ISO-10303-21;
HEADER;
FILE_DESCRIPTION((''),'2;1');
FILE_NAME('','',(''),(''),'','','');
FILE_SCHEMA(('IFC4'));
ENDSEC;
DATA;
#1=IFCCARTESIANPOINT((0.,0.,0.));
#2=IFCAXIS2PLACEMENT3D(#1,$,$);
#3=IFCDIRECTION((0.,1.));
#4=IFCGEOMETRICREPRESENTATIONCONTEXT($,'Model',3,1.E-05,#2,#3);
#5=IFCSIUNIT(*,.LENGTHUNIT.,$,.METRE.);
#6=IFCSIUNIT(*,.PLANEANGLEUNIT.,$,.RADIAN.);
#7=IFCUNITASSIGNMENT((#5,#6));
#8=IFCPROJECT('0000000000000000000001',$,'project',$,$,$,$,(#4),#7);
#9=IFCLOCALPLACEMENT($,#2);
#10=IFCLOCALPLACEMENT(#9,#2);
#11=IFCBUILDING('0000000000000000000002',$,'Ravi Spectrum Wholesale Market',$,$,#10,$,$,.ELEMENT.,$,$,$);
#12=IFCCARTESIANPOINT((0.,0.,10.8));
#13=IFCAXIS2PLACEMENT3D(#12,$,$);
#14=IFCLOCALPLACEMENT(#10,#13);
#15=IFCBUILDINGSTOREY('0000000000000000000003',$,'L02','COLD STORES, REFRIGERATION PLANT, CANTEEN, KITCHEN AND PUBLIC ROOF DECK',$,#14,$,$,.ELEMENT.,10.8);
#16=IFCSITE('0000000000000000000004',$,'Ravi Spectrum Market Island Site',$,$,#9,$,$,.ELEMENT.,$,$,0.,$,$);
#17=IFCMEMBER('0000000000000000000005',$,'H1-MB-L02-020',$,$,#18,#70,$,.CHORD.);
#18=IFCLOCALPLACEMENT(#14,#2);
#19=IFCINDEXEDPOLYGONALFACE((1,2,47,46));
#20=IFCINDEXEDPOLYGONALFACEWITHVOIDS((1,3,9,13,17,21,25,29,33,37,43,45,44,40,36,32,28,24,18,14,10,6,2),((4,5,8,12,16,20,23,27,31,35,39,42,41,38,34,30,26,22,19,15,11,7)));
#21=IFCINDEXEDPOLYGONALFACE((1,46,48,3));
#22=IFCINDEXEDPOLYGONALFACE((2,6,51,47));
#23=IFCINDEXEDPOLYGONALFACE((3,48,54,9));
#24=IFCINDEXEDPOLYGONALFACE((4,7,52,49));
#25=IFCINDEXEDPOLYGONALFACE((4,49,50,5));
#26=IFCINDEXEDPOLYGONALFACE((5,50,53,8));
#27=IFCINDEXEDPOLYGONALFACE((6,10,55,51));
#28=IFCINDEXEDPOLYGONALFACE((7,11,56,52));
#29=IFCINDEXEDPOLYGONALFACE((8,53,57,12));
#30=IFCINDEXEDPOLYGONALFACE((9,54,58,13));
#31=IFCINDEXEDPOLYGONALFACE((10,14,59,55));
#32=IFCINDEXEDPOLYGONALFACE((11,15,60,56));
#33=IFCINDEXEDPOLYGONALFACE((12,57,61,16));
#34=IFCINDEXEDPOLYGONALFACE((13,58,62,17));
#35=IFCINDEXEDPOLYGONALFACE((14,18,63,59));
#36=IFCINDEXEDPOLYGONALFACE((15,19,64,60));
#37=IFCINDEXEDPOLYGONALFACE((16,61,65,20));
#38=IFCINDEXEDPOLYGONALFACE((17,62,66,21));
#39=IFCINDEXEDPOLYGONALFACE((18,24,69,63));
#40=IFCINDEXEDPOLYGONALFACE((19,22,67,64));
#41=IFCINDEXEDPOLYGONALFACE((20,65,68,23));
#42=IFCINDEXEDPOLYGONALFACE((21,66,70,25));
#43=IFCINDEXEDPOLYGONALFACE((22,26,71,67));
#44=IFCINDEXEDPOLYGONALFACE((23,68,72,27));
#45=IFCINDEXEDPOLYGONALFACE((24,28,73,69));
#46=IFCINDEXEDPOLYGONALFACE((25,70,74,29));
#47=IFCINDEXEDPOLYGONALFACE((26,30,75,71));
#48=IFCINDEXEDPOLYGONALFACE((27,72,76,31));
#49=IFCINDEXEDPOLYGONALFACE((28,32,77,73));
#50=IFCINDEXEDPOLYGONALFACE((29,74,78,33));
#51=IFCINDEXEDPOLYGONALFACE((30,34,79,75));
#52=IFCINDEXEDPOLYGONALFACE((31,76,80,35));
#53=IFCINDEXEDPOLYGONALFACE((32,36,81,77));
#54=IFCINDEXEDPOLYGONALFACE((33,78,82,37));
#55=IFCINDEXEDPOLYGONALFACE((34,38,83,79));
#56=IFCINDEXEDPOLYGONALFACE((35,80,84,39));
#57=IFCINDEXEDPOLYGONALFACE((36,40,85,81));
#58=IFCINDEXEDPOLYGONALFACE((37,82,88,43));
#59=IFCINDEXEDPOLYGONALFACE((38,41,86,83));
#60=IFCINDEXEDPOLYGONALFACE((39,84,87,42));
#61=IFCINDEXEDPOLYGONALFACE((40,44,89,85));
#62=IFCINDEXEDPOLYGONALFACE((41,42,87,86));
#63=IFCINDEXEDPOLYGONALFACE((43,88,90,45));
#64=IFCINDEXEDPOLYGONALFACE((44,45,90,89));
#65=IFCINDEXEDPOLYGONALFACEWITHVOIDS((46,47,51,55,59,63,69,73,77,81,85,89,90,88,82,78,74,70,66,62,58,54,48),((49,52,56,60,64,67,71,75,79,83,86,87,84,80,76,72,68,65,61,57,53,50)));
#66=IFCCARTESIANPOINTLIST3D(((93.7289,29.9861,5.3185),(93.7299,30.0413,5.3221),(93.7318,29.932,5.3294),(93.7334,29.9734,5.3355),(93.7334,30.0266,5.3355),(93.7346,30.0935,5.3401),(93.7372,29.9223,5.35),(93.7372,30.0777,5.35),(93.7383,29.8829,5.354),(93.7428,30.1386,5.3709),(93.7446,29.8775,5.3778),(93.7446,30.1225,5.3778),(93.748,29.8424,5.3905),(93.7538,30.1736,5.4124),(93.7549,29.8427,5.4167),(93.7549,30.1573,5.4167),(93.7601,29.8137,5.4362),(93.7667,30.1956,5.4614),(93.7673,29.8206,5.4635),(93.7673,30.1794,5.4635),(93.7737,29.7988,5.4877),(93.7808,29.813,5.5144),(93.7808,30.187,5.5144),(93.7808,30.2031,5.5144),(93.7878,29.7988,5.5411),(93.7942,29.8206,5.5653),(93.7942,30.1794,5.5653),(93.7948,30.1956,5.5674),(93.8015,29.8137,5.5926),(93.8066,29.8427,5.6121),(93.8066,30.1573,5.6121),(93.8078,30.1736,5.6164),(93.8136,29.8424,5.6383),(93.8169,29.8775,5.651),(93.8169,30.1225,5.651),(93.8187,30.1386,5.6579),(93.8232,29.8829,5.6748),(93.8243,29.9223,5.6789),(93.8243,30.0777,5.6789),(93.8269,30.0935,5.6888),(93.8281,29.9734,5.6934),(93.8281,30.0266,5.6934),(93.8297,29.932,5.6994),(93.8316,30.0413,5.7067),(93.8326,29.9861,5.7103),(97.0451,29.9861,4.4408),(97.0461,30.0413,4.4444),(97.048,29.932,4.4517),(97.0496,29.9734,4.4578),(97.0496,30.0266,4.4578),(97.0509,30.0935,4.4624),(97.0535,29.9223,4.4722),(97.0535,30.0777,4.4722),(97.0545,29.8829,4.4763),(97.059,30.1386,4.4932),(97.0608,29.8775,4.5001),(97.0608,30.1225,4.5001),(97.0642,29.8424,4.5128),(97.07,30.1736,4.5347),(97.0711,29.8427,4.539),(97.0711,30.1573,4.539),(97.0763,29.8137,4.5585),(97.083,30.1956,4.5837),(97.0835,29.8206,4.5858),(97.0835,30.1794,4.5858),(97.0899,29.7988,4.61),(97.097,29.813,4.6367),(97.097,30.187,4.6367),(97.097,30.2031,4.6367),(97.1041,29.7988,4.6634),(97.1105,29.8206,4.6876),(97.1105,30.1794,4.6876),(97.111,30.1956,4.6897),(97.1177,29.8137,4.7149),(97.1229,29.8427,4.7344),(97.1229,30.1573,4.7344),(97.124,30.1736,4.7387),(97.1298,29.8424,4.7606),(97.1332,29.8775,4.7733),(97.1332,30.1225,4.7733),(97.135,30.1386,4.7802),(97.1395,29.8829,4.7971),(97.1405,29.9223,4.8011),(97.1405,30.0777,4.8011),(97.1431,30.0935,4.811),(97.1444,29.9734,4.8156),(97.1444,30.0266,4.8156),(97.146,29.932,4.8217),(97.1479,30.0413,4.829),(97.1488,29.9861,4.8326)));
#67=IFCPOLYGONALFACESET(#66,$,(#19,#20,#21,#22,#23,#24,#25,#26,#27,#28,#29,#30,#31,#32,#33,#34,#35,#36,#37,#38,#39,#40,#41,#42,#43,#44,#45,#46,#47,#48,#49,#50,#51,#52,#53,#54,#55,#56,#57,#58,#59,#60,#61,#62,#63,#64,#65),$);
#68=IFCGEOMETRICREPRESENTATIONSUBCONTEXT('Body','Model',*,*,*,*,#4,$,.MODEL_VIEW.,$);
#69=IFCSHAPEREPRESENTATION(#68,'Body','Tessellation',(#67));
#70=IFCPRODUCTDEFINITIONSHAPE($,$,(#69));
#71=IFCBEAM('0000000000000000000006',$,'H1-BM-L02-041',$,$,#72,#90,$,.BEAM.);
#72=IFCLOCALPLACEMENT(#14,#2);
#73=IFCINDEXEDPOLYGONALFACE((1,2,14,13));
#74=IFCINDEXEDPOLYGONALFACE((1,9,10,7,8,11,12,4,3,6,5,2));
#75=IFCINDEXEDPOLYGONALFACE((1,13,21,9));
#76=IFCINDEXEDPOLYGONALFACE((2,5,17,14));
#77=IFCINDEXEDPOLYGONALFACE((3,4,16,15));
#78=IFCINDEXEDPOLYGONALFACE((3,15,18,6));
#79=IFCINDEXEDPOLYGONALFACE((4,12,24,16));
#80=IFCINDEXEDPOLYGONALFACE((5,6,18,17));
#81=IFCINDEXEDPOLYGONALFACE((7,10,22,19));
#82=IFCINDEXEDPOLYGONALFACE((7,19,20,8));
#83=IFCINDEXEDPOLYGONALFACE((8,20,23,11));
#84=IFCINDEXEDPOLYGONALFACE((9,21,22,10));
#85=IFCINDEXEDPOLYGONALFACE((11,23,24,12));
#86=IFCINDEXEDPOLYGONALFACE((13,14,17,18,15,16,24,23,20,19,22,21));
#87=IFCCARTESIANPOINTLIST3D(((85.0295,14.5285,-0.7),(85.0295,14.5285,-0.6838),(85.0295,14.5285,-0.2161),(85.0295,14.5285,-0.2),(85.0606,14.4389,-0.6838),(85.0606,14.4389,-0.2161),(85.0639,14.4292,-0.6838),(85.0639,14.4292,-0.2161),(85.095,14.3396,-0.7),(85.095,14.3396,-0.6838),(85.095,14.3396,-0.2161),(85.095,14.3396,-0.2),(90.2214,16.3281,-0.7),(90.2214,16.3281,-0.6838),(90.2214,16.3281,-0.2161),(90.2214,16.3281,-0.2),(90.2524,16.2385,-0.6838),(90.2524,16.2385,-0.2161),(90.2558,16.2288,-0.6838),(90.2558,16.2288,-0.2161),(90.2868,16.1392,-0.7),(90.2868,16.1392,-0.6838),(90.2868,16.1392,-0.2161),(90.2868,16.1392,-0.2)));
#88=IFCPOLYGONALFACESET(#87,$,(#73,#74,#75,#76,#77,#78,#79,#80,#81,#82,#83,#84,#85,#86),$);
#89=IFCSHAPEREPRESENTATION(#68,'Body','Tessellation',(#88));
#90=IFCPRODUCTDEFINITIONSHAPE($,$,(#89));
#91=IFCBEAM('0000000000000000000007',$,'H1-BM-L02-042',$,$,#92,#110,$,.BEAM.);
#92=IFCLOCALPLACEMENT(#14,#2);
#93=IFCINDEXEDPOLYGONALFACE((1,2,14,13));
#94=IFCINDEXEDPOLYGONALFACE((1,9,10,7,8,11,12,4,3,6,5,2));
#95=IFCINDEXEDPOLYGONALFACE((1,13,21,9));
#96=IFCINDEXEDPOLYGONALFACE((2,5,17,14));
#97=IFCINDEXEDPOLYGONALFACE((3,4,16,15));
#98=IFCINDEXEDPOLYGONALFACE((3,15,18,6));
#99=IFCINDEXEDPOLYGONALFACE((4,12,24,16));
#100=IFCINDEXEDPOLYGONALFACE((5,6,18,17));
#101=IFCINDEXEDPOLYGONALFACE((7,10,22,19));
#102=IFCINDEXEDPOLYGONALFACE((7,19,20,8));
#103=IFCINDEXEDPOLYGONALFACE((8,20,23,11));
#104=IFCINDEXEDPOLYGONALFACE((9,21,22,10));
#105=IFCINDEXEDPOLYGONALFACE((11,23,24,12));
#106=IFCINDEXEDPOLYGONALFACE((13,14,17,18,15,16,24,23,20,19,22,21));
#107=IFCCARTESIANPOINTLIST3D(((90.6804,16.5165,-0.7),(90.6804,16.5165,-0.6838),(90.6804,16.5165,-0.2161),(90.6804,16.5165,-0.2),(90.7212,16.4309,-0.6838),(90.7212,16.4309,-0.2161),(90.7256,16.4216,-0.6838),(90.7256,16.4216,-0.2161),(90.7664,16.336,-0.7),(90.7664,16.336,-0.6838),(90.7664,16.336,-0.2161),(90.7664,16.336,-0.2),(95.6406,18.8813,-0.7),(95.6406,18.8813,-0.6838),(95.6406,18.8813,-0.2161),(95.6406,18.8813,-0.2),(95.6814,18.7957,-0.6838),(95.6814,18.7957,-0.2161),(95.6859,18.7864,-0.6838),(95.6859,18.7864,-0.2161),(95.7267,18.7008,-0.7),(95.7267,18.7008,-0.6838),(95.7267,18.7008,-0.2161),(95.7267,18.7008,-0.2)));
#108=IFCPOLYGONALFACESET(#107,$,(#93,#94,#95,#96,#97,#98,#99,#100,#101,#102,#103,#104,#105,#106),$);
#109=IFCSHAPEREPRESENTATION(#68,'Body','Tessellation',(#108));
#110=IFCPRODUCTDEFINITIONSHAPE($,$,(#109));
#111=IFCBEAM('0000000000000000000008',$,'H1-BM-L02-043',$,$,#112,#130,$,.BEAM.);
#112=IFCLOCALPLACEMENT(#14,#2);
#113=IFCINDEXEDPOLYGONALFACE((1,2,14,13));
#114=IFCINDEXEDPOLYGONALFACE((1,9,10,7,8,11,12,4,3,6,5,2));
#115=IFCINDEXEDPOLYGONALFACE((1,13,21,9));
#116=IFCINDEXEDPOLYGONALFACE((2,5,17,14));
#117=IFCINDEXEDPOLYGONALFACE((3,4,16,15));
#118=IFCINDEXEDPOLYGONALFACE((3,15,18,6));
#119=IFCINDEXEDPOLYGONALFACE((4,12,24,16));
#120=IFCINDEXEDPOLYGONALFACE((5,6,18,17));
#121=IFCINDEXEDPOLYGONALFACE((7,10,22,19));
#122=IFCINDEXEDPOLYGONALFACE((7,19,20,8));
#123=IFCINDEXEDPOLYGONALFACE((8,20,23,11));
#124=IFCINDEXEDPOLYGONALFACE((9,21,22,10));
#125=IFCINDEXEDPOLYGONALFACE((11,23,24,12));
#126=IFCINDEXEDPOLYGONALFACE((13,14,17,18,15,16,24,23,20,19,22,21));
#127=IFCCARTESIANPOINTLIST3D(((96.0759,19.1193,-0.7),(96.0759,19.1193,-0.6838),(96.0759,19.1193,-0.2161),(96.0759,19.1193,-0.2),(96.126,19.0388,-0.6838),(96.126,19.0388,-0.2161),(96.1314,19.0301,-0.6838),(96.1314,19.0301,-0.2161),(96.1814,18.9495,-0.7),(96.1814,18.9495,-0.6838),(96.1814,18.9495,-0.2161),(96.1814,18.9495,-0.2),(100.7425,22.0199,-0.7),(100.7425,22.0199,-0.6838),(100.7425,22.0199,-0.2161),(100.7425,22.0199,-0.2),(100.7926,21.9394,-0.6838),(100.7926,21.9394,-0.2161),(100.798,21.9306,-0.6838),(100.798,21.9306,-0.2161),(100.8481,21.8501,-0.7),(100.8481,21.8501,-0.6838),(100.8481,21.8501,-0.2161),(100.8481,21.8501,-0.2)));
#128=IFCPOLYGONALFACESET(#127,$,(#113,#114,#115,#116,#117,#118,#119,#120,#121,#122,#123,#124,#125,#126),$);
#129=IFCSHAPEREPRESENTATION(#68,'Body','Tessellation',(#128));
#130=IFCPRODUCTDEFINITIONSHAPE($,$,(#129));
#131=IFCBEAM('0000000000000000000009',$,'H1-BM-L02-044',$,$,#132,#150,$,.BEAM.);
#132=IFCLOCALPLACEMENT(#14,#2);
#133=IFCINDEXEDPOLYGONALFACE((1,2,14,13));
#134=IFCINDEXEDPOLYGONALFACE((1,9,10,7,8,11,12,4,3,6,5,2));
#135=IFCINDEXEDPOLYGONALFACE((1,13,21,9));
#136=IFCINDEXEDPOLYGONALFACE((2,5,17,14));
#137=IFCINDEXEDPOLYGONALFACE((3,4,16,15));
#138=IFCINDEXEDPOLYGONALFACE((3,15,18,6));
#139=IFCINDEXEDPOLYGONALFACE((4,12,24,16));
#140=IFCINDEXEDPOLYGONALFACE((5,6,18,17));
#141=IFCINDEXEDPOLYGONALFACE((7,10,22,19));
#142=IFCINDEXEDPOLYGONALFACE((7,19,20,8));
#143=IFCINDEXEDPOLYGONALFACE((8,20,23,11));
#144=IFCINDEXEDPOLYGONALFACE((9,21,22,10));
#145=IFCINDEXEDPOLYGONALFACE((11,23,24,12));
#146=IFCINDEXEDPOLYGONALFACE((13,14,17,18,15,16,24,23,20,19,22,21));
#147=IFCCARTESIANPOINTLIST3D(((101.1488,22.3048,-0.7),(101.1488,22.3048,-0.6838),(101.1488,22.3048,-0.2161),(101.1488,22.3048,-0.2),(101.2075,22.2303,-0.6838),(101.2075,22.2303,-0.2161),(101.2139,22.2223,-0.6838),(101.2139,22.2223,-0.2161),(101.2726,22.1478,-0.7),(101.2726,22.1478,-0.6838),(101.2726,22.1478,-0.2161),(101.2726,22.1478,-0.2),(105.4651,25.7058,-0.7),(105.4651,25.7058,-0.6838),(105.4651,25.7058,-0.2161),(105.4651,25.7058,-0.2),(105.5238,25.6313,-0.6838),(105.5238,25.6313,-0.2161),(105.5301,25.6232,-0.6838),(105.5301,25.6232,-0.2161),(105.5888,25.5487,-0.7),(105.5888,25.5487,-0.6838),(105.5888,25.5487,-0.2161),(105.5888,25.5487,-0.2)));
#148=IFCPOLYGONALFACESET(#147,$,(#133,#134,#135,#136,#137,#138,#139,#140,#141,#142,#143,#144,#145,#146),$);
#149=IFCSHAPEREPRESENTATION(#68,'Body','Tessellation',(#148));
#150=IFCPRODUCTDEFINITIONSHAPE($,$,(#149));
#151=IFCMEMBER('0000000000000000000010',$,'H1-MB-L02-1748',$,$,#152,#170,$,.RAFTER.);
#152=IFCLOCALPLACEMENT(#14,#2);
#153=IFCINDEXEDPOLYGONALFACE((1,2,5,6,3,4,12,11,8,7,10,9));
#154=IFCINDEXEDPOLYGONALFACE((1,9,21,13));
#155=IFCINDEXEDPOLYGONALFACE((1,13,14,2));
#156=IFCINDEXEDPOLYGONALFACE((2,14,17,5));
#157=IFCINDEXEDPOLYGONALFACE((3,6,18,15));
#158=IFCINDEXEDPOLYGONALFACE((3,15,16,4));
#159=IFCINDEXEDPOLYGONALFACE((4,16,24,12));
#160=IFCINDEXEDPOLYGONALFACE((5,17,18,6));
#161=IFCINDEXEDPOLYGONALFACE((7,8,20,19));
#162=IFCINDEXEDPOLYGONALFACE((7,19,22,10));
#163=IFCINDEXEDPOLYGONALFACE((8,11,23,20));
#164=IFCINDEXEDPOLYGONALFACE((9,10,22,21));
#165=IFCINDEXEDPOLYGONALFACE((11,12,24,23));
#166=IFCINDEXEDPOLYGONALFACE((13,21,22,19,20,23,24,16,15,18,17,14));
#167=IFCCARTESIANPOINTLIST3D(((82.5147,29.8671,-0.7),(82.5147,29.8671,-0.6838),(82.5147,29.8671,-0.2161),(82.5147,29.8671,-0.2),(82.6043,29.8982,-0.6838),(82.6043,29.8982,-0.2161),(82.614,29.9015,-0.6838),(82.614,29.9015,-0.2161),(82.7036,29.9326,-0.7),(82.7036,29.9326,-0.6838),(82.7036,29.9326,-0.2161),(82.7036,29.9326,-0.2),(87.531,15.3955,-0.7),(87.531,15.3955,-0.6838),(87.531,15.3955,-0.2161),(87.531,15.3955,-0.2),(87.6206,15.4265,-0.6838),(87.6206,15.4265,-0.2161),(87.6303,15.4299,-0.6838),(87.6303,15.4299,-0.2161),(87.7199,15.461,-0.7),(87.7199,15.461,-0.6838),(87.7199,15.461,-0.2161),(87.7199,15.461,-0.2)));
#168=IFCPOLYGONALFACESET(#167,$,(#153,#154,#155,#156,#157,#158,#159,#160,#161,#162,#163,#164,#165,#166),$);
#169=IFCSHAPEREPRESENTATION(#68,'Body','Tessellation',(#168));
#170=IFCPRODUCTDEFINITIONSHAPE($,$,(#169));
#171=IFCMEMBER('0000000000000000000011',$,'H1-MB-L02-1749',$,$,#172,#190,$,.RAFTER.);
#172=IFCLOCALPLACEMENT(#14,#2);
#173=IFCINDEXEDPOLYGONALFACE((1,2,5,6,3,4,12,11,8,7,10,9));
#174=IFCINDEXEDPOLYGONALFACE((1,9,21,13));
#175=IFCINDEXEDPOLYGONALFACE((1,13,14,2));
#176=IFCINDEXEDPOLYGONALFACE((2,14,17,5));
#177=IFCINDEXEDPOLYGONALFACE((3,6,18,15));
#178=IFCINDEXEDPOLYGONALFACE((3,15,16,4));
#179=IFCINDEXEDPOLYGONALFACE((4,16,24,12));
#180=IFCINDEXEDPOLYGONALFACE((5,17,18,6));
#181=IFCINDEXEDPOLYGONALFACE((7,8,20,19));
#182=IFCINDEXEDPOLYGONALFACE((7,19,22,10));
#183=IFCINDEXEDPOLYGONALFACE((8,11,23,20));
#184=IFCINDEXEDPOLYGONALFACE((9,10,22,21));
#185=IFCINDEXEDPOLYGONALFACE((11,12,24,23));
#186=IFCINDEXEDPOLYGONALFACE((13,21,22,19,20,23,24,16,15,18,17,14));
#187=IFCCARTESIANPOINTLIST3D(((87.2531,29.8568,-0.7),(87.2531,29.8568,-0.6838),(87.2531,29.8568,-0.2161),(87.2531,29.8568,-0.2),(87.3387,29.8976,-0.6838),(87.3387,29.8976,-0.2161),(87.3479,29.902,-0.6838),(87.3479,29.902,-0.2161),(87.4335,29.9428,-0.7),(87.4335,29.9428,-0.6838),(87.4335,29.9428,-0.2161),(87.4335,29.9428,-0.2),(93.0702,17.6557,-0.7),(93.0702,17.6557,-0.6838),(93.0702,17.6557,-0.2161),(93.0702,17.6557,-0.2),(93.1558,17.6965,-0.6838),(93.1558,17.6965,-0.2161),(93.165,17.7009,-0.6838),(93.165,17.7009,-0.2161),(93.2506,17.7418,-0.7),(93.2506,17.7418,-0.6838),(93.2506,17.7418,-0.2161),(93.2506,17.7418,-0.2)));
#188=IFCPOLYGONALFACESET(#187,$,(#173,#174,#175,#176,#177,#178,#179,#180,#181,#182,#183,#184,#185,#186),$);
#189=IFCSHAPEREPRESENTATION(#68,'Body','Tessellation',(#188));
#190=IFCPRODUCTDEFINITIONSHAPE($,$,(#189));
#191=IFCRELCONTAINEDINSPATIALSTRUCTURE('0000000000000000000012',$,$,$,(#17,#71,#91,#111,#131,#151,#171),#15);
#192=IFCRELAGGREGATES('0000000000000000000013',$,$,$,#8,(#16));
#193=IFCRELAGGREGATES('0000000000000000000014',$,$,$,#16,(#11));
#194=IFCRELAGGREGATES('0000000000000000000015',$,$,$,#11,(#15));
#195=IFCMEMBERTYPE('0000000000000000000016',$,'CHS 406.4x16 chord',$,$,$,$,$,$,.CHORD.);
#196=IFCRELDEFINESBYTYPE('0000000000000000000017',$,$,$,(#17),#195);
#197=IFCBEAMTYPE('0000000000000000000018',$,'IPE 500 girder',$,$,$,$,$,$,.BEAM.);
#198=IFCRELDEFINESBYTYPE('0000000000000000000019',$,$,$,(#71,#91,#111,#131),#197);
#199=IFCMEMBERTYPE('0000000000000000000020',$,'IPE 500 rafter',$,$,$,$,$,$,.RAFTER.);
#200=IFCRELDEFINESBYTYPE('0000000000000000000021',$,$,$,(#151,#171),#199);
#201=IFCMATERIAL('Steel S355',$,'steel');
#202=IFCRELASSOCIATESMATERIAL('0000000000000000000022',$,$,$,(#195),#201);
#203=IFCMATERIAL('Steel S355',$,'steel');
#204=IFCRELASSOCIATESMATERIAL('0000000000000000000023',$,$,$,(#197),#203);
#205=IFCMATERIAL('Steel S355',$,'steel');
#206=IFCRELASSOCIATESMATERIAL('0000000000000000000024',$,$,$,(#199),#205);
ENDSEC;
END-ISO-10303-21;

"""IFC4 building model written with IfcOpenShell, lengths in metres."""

from ifc_helpers import new_model, si_unit, direction, frame, origin, origin_2d, place, context, subcontext, project, spatial, hollow_circle, i_section, extrude, material, material_profile, profile_set, type_object, element, save


model = new_model("IFC4")

# Units and contexts
model_context = context("Model", 3, precision=1e-05, world=origin(), true_north=direction((0.0, 1.0)))
body_context = subcontext(model_context, "Body", "Model", "MODEL_VIEW")
ifc_project = project(units=[si_unit("LENGTHUNIT", "METRE"), si_unit("PLANEANGLEUNIT", "RADIAN")], contexts=[model_context])

# Site, building, storey
site_placement = place(None, origin())
site = spatial("IfcSite", under=ifc_project, at=site_placement, Name="Ravi Spectrum Market Island Site", CompositionType="ELEMENT", RefElevation=0.0)
building_placement = place(site_placement, origin())
building = spatial("IfcBuilding", under=site, at=building_placement, Name="Ravi Spectrum Wholesale Market", CompositionType="ELEMENT")
storey_placement = place(building_placement, frame((0.0, 0.0, 10.8)))
storey = spatial("IfcBuildingStorey", under=building, at=storey_placement, Name="L02", Description="COLD STORES, REFRIGERATION PLANT, CANTEEN, KITCHEN AND PUBLIC ROOF DECK", CompositionType="ELEMENT", Elevation=10.8)

# Member
ifc_material_1 = material(Name="Steel S355", Category="steel")
ifc_material_profile_1 = material_profile(ifc_material_1, hollow_circle(Radius=0.2031, WallThickness=0.0161, at=origin_2d()))
ifc_profile_set_1 = profile_set([ifc_material_profile_1], Name="Steel S355")
member_type_1 = type_object("IfcMemberType", Name="CHS 406.4x16 chord", PredefinedType="CHORD", material=ifc_profile_set_1)
member_1_placement = place(storey_placement, frame((93.7808, 30.0, 5.5144), z_axis=(0.966714, 0.0, -0.255859), x_axis=(0.0, 1.0, 0.0)))
element("IfcMember", 1, at=member_1_placement, inside=storey, type_object=member_type_1, Name="H1-MB-L02-020", PredefinedType="CHORD", context=body_context, shape_type="SweptSolid", body=[
    extrude(hollow_circle(Radius=0.2031, WallThickness=0.0161, at=origin_2d()), origin(), (0.0, 0.0, 1.0), 3.4304),
])

# Beams
ifc_material_2 = material(Name="Steel S355", Category="steel")
ifc_material_profile_2 = material_profile(ifc_material_2, i_section(OverallWidth=0.2, OverallDepth=0.5, WebThickness=0.0103, FlangeThickness=0.0161, at=origin_2d()))
ifc_profile_set_2 = profile_set([ifc_material_profile_2], Name="Steel S355")
beam_type = type_object("IfcBeamType", Name="IPE 500 girder", PredefinedType="BEAM", material=ifc_profile_set_2)
beam_1_placement = place(storey_placement, frame((85.0623, 14.4341, -0.45), z_axis=(0.944853, 0.327495, 0.0), x_axis=(-0.327495, 0.944853, 0.0)))
element("IfcBeam", 2, at=beam_1_placement, inside=storey, type_object=beam_type, Name="H1-BM-L02-041", PredefinedType="BEAM", context=body_context, shape_type="SweptSolid", body=[
    extrude(i_section(OverallWidth=0.2, OverallDepth=0.5, WebThickness=0.0103, FlangeThickness=0.0161, at=origin_2d()), origin(), (0.0, 0.0, 1.0), 5.4949),
])
beam_2_placement = place(storey_placement, frame((90.7234, 16.4263, -0.45), z_axis=(0.902667, 0.430341, 0.0), x_axis=(-0.430341, 0.902667, 0.0)))
element("IfcBeam", 3, at=beam_2_placement, inside=storey, type_object=beam_type, Name="H1-BM-L02-042", PredefinedType="BEAM", context=body_context, shape_type="SweptSolid", body=[
    extrude(i_section(OverallWidth=0.2, OverallDepth=0.5, WebThickness=0.0103, FlangeThickness=0.0161, at=origin_2d()), origin(), (0.0, 0.0, 1.0), 5.4951),
])
beam_3_placement = place(storey_placement, frame((96.1287, 19.0344, -0.45), z_axis=(0.849311, 0.527893, 0.0), x_axis=(-0.527893, 0.849311, 0.0)))
element("IfcBeam", 4, at=beam_3_placement, inside=storey, type_object=beam_type, Name="H1-BM-L02-043", PredefinedType="BEAM", context=body_context, shape_type="SweptSolid", body=[
    extrude(i_section(OverallWidth=0.2, OverallDepth=0.5, WebThickness=0.0103, FlangeThickness=0.0161, at=origin_2d()), origin(), (0.0, 0.0, 1.0), 5.4946),
])
beam_4_placement = place(storey_placement, frame((101.2107, 22.2263, -0.45), z_axis=(0.785468, 0.618902, 0.0), x_axis=(-0.618902, 0.785468, 0.0)))
element("IfcBeam", 5, at=beam_4_placement, inside=storey, type_object=beam_type, Name="H1-BM-L02-044", PredefinedType="BEAM", context=body_context, shape_type="SweptSolid", body=[
    extrude(i_section(OverallWidth=0.2, OverallDepth=0.5, WebThickness=0.0103, FlangeThickness=0.0161, at=origin_2d()), origin(), (0.0, 0.0, 1.0), 5.4951),
])

# Members
ifc_material_3 = material(Name="Steel S355", Category="steel")
ifc_material_profile_3 = material_profile(ifc_material_3, i_section(OverallWidth=0.2, OverallDepth=0.5, WebThickness=0.0103, FlangeThickness=0.0161, at=origin_2d()))
ifc_profile_set_3 = profile_set([ifc_material_profile_3], Name="Steel S355")
member_type_2 = type_object("IfcMemberType", Name="IPE 500 rafter", PredefinedType="RAFTER", material=ifc_profile_set_3)
member_2_placement = place(storey_placement, frame((87.6255, 15.4282, -0.45), z_axis=(-0.327515, 0.944846, 0.0), x_axis=(-0.944846, -0.327515, 0.0)))
element("IfcMember", 6, at=member_2_placement, inside=storey, type_object=member_type_2, Name="H1-MB-L02-1748", PredefinedType="RAFTER", context=body_context, shape_type="SweptSolid", body=[
    extrude(i_section(OverallWidth=0.2, OverallDepth=0.5, WebThickness=0.0103, FlangeThickness=0.0161, at=origin_2d()), origin(), (0.0, 0.0, 1.0), 15.3164),
])
member_3_placement = place(storey_placement, frame((93.1604, 17.6987, -0.45), z_axis=(-0.430359, 0.902658, 0.0), x_axis=(-0.902658, -0.430359, 0.0)))
element("IfcMember", 7, at=member_3_placement, inside=storey, type_object=member_type_2, Name="H1-MB-L02-1749", PredefinedType="RAFTER", context=body_context, shape_type="SweptSolid", body=[
    extrude(i_section(OverallWidth=0.2, OverallDepth=0.5, WebThickness=0.0103, FlangeThickness=0.0161, at=origin_2d()), origin(), (0.0, 0.0, 1.0), 13.5168),
])

save(model, "model.ifc")
